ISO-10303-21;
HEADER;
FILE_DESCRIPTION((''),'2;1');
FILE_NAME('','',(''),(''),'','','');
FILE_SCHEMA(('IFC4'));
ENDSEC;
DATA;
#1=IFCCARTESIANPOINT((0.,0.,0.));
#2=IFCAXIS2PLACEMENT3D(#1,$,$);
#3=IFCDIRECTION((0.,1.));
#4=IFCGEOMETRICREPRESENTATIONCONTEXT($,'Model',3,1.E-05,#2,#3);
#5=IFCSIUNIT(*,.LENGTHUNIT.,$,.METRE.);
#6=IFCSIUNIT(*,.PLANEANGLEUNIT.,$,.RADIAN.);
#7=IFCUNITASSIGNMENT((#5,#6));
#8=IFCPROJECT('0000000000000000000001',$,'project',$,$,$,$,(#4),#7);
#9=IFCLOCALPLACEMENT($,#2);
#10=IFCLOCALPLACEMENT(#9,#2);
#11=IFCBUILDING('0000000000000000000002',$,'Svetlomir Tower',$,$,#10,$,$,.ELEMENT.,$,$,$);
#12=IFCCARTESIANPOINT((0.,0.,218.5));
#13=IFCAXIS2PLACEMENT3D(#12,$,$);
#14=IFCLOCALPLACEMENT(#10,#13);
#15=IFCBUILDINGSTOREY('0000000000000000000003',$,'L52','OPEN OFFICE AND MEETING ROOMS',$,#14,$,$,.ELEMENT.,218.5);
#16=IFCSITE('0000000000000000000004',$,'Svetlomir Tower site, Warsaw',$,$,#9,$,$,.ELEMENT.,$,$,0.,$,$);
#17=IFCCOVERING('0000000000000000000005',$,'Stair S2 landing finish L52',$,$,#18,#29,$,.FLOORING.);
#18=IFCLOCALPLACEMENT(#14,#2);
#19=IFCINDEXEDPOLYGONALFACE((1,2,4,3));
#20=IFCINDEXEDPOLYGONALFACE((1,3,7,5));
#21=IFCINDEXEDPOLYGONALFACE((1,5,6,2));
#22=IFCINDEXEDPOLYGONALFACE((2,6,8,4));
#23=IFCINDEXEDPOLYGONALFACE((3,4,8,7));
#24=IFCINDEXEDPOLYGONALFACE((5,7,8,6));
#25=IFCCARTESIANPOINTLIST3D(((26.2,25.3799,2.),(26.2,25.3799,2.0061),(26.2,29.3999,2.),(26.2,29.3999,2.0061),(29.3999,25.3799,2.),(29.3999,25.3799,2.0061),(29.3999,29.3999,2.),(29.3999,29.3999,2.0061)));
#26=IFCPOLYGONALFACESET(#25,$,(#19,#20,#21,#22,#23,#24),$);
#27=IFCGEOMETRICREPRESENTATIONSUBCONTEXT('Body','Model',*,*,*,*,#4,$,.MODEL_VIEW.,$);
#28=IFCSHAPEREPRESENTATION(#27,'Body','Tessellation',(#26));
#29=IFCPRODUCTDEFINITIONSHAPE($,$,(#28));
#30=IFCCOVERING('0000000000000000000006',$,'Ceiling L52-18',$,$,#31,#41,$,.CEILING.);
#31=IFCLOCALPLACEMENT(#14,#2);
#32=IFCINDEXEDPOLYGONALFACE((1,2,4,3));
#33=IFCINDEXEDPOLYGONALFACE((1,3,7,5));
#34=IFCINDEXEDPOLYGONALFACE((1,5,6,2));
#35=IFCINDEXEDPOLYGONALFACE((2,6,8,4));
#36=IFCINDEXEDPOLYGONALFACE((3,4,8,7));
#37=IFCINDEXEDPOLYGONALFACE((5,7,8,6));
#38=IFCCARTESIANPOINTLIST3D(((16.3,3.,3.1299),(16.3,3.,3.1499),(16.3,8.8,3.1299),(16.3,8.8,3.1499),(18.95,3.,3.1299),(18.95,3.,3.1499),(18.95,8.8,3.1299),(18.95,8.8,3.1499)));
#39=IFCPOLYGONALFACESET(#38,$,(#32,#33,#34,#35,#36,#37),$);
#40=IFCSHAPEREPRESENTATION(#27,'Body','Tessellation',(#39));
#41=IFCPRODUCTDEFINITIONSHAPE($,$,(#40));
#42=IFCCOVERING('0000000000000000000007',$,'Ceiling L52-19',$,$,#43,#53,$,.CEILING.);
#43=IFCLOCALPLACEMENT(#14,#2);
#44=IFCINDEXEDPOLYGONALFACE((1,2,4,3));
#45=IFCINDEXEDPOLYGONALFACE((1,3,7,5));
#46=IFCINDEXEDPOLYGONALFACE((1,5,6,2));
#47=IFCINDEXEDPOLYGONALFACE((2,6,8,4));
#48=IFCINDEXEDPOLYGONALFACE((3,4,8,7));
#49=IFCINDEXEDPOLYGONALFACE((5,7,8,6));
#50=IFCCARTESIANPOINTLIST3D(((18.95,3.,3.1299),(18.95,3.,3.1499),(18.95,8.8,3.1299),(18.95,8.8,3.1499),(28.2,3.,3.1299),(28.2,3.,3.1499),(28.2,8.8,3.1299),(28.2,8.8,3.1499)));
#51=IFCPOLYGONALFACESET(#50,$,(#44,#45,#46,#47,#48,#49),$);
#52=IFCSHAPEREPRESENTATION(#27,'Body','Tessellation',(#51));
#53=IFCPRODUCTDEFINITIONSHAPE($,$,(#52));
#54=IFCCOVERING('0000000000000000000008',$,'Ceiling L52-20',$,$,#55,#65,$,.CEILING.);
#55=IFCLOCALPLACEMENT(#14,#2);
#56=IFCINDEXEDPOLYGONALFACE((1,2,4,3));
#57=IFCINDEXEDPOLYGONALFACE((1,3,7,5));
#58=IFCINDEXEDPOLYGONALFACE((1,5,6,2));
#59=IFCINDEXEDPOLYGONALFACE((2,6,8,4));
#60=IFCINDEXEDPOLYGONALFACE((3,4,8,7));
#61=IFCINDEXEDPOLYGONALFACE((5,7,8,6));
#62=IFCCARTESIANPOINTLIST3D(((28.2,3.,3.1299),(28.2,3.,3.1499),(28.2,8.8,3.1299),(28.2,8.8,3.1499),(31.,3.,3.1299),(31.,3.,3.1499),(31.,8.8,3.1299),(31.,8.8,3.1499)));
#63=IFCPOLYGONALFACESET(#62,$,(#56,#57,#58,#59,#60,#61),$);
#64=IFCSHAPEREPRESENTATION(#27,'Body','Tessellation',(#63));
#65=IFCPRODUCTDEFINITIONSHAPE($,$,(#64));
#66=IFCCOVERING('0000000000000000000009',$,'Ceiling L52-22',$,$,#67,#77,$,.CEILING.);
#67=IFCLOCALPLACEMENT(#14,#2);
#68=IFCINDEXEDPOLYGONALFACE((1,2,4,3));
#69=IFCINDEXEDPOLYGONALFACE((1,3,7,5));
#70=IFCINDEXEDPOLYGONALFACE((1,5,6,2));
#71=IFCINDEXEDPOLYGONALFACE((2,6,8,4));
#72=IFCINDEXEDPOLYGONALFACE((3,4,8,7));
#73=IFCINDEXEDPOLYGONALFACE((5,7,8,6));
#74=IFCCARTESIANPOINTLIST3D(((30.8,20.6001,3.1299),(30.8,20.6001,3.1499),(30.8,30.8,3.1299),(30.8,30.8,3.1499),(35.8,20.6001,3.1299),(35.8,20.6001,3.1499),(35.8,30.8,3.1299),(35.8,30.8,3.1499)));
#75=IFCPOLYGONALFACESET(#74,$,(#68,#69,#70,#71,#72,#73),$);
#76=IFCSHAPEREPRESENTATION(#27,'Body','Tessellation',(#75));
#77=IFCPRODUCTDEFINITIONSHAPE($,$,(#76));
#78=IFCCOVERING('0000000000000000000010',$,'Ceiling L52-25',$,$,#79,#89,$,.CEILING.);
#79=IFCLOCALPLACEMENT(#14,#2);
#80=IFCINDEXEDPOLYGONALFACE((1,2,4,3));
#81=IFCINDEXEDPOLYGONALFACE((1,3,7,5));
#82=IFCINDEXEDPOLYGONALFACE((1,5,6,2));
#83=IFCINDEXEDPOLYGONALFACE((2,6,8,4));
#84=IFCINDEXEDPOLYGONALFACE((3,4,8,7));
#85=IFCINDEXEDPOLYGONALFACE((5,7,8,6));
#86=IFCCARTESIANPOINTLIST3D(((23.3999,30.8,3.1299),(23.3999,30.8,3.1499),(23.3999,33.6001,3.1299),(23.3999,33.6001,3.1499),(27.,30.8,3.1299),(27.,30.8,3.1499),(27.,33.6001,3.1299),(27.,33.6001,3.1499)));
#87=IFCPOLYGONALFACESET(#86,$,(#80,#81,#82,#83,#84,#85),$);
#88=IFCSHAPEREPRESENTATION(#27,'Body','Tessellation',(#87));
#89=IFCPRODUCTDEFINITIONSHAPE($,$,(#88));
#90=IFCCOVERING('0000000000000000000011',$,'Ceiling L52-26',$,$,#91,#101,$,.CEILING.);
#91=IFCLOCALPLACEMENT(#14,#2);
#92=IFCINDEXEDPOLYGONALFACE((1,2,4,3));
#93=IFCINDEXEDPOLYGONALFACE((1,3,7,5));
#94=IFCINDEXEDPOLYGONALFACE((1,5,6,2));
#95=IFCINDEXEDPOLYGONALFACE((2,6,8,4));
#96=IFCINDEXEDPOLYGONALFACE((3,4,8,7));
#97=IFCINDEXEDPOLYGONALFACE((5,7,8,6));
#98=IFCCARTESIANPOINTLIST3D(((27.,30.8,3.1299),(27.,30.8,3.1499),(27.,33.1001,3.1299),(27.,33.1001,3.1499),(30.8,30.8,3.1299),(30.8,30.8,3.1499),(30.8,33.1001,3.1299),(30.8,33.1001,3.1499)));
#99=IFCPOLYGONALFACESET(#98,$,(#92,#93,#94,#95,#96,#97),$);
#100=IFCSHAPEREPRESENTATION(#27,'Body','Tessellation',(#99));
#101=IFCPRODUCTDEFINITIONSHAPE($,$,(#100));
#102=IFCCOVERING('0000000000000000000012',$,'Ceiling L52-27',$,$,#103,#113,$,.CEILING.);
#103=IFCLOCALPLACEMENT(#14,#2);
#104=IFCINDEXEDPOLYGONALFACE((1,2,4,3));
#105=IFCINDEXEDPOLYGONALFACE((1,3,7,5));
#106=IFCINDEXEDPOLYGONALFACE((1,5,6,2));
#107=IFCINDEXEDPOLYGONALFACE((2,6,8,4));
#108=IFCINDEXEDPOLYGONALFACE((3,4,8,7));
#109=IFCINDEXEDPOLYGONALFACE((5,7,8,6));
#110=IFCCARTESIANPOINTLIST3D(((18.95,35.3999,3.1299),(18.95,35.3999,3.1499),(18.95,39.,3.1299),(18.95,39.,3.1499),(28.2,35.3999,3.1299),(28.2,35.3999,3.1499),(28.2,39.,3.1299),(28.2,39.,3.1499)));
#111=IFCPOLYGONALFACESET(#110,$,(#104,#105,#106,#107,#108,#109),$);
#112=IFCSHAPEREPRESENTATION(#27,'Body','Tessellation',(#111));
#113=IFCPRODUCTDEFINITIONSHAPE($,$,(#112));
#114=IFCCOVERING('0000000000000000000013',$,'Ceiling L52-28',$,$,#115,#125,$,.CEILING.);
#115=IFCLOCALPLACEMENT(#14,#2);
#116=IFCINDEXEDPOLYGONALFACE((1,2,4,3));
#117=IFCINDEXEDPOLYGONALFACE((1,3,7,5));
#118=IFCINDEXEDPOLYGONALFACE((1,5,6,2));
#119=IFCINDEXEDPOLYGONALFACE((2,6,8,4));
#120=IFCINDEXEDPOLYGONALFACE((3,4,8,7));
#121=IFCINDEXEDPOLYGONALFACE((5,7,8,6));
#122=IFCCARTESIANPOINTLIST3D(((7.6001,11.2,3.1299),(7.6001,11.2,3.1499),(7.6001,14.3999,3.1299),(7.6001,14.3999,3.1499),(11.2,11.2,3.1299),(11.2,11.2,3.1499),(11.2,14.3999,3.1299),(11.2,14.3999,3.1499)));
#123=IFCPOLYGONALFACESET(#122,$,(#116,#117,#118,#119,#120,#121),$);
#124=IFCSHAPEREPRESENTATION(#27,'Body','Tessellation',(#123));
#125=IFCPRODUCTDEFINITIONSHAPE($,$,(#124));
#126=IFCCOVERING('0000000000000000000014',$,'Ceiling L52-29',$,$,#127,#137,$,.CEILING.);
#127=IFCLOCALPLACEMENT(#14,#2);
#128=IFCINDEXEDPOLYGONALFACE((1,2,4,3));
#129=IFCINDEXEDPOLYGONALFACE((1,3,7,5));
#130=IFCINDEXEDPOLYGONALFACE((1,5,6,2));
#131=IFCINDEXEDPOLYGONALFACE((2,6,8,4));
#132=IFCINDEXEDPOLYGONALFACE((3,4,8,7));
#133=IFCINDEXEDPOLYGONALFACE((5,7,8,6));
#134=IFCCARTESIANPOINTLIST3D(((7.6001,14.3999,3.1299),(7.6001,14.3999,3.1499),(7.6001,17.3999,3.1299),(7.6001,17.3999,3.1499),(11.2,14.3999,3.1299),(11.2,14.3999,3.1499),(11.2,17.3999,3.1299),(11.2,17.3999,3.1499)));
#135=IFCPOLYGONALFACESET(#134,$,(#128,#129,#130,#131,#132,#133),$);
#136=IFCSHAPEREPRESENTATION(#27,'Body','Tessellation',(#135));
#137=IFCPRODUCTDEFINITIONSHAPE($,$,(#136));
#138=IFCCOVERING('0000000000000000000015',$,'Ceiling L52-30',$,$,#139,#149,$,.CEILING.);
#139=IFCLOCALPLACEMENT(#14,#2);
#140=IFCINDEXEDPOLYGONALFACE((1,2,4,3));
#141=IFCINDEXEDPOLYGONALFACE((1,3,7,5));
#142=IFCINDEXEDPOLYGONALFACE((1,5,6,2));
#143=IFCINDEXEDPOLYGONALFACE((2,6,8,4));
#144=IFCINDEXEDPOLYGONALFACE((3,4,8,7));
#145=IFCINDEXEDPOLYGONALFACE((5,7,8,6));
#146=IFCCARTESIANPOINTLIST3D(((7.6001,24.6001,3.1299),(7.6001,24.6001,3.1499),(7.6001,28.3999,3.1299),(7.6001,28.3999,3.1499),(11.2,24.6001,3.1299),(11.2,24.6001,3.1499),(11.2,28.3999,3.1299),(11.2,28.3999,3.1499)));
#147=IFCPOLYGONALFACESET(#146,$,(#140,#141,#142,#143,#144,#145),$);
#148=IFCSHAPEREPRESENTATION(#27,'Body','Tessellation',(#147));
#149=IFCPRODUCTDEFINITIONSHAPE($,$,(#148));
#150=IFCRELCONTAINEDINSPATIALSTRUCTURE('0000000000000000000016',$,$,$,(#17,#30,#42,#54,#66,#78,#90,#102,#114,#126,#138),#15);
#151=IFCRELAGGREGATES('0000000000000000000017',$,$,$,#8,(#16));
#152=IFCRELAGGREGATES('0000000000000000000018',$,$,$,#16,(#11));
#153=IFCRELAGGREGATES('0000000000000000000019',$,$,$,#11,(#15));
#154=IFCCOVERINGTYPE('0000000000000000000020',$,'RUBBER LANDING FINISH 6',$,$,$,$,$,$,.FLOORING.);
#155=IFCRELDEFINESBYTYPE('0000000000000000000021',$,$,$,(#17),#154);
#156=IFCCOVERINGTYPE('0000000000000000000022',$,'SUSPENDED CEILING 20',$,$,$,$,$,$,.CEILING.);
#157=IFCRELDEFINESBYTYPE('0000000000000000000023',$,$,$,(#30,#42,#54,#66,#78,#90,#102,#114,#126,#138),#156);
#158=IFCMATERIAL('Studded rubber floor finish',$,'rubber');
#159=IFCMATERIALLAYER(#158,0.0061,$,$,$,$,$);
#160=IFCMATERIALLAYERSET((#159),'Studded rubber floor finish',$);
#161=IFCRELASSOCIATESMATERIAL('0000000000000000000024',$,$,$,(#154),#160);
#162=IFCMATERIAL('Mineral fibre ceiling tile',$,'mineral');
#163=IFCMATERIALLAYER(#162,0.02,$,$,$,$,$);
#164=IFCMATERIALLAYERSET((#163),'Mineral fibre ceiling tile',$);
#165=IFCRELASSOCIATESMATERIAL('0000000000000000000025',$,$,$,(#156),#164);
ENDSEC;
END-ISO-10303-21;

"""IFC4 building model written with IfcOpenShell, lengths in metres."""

from ifc_helpers import new_model, si_unit, direction, frame, origin, place, context, subcontext, project, spatial, polyline, outline, extrude, material, layer, layer_set, type_object, element, save


model = new_model("IFC4")

# Units and contexts
model_context = context("Model", 3, precision=1e-05, world=origin(), true_north=direction((0.0, 1.0)))
body_context = subcontext(model_context, "Body", "Model", "MODEL_VIEW")
ifc_project = project(units=[si_unit("LENGTHUNIT", "METRE"), si_unit("PLANEANGLEUNIT", "RADIAN")], contexts=[model_context])

# Site, building, storey
site_placement = place(None, origin())
site = spatial("IfcSite", under=ifc_project, at=site_placement, Name="Svetlomir Tower site, Warsaw", CompositionType="ELEMENT", RefElevation=0.0)
building_placement = place(site_placement, origin())
building = spatial("IfcBuilding", under=site, at=building_placement, Name="Svetlomir Tower", CompositionType="ELEMENT")
storey_placement = place(building_placement, frame((0.0, 0.0, 218.5)))
storey = spatial("IfcBuildingStorey", under=building, at=storey_placement, Name="L52", Description="OPEN OFFICE AND MEETING ROOMS", CompositionType="ELEMENT", Elevation=218.5)

# Coverings
ifc_material_1 = material(Name="Studded rubber floor finish", Category="rubber")
ifc_layer_1 = layer(ifc_material_1, 0.0061)
ifc_layer_set_1 = layer_set([ifc_layer_1], Name="Studded rubber floor finish")
covering_type_1 = type_object("IfcCoveringType", Name="RUBBER LANDING FINISH 6", PredefinedType="FLOORING", material=ifc_layer_set_1)
covering_1_placement = place(storey_placement, frame((0.0, 0.0, 2.0)))
element("IfcCovering", 1, at=covering_1_placement, inside=storey, type_object=covering_type_1, Name="Stair S2 landing finish L52", PredefinedType="FLOORING", context=body_context, shape_type="SweptSolid", body=[
    extrude(outline(polyline([(26.2, 25.3799), (29.3999, 25.3799), (29.3999, 29.3999), (26.2, 29.3999), (26.2, 25.3799)])), origin(), (0.0, 0.0, 1.0), 0.0061),
])
ifc_material_2 = material(Name="Mineral fibre ceiling tile", Category="mineral")
ifc_layer_2 = layer(ifc_material_2, 0.02)
ifc_layer_set_2 = layer_set([ifc_layer_2], Name="Mineral fibre ceiling tile")
covering_type_2 = type_object("IfcCoveringType", Name="SUSPENDED CEILING 20", PredefinedType="CEILING", material=ifc_layer_set_2)
covering_2_placement = place(storey_placement, frame((0.0, 0.0, 3.1299)))
element("IfcCovering", 2, at=covering_2_placement, inside=storey, type_object=covering_type_2, Name="Ceiling L52-18", PredefinedType="CEILING", context=body_context, shape_type="SweptSolid", body=[
    extrude(outline(polyline([(16.3, 3.0), (18.95, 3.0), (18.95, 8.8), (16.3, 8.8), (16.3, 3.0)])), origin(), (0.0, 0.0, 1.0), 0.02),
])
covering_3_placement = place(storey_placement, frame((0.0, 0.0, 3.1299)))
element("IfcCovering", 3, at=covering_3_placement, inside=storey, type_object=covering_type_2, Name="Ceiling L52-19", PredefinedType="CEILING", context=body_context, shape_type="SweptSolid", body=[
    extrude(outline(polyline([(18.95, 3.0), (28.2, 3.0), (28.2, 8.8), (18.95, 8.8), (18.95, 3.0)])), origin(), (0.0, 0.0, 1.0), 0.02),
])
covering_4_placement = place(storey_placement, frame((0.0, 0.0, 3.1299)))
element("IfcCovering", 4, at=covering_4_placement, inside=storey, type_object=covering_type_2, Name="Ceiling L52-20", PredefinedType="CEILING", context=body_context, shape_type="SweptSolid", body=[
    extrude(outline(polyline([(28.2, 3.0), (31.0, 3.0), (31.0, 8.8), (28.2, 8.8), (28.2, 3.0)])), origin(), (0.0, 0.0, 1.0), 0.02),
])
covering_5_placement = place(storey_placement, frame((0.0, 0.0, 3.1299)))
element("IfcCovering", 5, at=covering_5_placement, inside=storey, type_object=covering_type_2, Name="Ceiling L52-22", PredefinedType="CEILING", context=body_context, shape_type="SweptSolid", body=[
    extrude(outline(polyline([(30.8, 20.6001), (35.8, 20.6001), (35.8, 30.8), (30.8, 30.8), (30.8, 20.6001)])), origin(), (0.0, 0.0, 1.0), 0.02),
])
covering_6_placement = place(storey_placement, frame((0.0, 0.0, 3.1299)))
element("IfcCovering", 6, at=covering_6_placement, inside=storey, type_object=covering_type_2, Name="Ceiling L52-25", PredefinedType="CEILING", context=body_context, shape_type="SweptSolid", body=[
    extrude(outline(polyline([(23.3999, 30.8), (27.0, 30.8), (27.0, 33.6001), (23.3999, 33.6001), (23.3999, 30.8)])), origin(), (0.0, 0.0, 1.0), 0.02),
])
covering_7_placement = place(storey_placement, frame((0.0, 0.0, 3.1299)))
element("IfcCovering", 7, at=covering_7_placement, inside=storey, type_object=covering_type_2, Name="Ceiling L52-26", PredefinedType="CEILING", context=body_context, shape_type="SweptSolid", body=[
    extrude(outline(polyline([(27.0, 30.8), (30.8, 30.8), (30.8, 33.1001), (27.0, 33.1001), (27.0, 30.8)])), origin(), (0.0, 0.0, 1.0), 0.02),
])
covering_8_placement = place(storey_placement, frame((0.0, 0.0, 3.1299)))
element("IfcCovering", 8, at=covering_8_placement, inside=storey, type_object=covering_type_2, Name="Ceiling L52-27", PredefinedType="CEILING", context=body_context, shape_type="SweptSolid", body=[
    extrude(outline(polyline([(18.95, 35.3999), (28.2, 35.3999), (28.2, 39.0), (18.95, 39.0), (18.95, 35.3999)])), origin(), (0.0, 0.0, 1.0), 0.02),
])
covering_9_placement = place(storey_placement, frame((0.0, 0.0, 3.1299)))
element("IfcCovering", 9, at=covering_9_placement, inside=storey, type_object=covering_type_2, Name="Ceiling L52-28", PredefinedType="CEILING", context=body_context, shape_type="SweptSolid", body=[
    extrude(outline(polyline([(7.6001, 11.2), (11.2, 11.2), (11.2, 14.3999), (7.6001, 14.3999), (7.6001, 11.2)])), origin(), (0.0, 0.0, 1.0), 0.02),
])
covering_10_placement = place(storey_placement, frame((0.0, 0.0, 3.1299)))
element("IfcCovering", 10, at=covering_10_placement, inside=storey, type_object=covering_type_2, Name="Ceiling L52-29", PredefinedType="CEILING", context=body_context, shape_type="SweptSolid", body=[
    extrude(outline(polyline([(7.6001, 14.3999), (11.2, 14.3999), (11.2, 17.3999), (7.6001, 17.3999), (7.6001, 14.3999)])), origin(), (0.0, 0.0, 1.0), 0.02),
])
covering_11_placement = place(storey_placement, frame((0.0, 0.0, 3.1299)))
element("IfcCovering", 11, at=covering_11_placement, inside=storey, type_object=covering_type_2, Name="Ceiling L52-30", PredefinedType="CEILING", context=body_context, shape_type="SweptSolid", body=[
    extrude(outline(polyline([(7.6001, 24.6001), (11.2, 24.6001), (11.2, 28.3999), (7.6001, 28.3999), (7.6001, 24.6001)])), origin(), (0.0, 0.0, 1.0), 0.02),
])

save(model, "model.ifc")
